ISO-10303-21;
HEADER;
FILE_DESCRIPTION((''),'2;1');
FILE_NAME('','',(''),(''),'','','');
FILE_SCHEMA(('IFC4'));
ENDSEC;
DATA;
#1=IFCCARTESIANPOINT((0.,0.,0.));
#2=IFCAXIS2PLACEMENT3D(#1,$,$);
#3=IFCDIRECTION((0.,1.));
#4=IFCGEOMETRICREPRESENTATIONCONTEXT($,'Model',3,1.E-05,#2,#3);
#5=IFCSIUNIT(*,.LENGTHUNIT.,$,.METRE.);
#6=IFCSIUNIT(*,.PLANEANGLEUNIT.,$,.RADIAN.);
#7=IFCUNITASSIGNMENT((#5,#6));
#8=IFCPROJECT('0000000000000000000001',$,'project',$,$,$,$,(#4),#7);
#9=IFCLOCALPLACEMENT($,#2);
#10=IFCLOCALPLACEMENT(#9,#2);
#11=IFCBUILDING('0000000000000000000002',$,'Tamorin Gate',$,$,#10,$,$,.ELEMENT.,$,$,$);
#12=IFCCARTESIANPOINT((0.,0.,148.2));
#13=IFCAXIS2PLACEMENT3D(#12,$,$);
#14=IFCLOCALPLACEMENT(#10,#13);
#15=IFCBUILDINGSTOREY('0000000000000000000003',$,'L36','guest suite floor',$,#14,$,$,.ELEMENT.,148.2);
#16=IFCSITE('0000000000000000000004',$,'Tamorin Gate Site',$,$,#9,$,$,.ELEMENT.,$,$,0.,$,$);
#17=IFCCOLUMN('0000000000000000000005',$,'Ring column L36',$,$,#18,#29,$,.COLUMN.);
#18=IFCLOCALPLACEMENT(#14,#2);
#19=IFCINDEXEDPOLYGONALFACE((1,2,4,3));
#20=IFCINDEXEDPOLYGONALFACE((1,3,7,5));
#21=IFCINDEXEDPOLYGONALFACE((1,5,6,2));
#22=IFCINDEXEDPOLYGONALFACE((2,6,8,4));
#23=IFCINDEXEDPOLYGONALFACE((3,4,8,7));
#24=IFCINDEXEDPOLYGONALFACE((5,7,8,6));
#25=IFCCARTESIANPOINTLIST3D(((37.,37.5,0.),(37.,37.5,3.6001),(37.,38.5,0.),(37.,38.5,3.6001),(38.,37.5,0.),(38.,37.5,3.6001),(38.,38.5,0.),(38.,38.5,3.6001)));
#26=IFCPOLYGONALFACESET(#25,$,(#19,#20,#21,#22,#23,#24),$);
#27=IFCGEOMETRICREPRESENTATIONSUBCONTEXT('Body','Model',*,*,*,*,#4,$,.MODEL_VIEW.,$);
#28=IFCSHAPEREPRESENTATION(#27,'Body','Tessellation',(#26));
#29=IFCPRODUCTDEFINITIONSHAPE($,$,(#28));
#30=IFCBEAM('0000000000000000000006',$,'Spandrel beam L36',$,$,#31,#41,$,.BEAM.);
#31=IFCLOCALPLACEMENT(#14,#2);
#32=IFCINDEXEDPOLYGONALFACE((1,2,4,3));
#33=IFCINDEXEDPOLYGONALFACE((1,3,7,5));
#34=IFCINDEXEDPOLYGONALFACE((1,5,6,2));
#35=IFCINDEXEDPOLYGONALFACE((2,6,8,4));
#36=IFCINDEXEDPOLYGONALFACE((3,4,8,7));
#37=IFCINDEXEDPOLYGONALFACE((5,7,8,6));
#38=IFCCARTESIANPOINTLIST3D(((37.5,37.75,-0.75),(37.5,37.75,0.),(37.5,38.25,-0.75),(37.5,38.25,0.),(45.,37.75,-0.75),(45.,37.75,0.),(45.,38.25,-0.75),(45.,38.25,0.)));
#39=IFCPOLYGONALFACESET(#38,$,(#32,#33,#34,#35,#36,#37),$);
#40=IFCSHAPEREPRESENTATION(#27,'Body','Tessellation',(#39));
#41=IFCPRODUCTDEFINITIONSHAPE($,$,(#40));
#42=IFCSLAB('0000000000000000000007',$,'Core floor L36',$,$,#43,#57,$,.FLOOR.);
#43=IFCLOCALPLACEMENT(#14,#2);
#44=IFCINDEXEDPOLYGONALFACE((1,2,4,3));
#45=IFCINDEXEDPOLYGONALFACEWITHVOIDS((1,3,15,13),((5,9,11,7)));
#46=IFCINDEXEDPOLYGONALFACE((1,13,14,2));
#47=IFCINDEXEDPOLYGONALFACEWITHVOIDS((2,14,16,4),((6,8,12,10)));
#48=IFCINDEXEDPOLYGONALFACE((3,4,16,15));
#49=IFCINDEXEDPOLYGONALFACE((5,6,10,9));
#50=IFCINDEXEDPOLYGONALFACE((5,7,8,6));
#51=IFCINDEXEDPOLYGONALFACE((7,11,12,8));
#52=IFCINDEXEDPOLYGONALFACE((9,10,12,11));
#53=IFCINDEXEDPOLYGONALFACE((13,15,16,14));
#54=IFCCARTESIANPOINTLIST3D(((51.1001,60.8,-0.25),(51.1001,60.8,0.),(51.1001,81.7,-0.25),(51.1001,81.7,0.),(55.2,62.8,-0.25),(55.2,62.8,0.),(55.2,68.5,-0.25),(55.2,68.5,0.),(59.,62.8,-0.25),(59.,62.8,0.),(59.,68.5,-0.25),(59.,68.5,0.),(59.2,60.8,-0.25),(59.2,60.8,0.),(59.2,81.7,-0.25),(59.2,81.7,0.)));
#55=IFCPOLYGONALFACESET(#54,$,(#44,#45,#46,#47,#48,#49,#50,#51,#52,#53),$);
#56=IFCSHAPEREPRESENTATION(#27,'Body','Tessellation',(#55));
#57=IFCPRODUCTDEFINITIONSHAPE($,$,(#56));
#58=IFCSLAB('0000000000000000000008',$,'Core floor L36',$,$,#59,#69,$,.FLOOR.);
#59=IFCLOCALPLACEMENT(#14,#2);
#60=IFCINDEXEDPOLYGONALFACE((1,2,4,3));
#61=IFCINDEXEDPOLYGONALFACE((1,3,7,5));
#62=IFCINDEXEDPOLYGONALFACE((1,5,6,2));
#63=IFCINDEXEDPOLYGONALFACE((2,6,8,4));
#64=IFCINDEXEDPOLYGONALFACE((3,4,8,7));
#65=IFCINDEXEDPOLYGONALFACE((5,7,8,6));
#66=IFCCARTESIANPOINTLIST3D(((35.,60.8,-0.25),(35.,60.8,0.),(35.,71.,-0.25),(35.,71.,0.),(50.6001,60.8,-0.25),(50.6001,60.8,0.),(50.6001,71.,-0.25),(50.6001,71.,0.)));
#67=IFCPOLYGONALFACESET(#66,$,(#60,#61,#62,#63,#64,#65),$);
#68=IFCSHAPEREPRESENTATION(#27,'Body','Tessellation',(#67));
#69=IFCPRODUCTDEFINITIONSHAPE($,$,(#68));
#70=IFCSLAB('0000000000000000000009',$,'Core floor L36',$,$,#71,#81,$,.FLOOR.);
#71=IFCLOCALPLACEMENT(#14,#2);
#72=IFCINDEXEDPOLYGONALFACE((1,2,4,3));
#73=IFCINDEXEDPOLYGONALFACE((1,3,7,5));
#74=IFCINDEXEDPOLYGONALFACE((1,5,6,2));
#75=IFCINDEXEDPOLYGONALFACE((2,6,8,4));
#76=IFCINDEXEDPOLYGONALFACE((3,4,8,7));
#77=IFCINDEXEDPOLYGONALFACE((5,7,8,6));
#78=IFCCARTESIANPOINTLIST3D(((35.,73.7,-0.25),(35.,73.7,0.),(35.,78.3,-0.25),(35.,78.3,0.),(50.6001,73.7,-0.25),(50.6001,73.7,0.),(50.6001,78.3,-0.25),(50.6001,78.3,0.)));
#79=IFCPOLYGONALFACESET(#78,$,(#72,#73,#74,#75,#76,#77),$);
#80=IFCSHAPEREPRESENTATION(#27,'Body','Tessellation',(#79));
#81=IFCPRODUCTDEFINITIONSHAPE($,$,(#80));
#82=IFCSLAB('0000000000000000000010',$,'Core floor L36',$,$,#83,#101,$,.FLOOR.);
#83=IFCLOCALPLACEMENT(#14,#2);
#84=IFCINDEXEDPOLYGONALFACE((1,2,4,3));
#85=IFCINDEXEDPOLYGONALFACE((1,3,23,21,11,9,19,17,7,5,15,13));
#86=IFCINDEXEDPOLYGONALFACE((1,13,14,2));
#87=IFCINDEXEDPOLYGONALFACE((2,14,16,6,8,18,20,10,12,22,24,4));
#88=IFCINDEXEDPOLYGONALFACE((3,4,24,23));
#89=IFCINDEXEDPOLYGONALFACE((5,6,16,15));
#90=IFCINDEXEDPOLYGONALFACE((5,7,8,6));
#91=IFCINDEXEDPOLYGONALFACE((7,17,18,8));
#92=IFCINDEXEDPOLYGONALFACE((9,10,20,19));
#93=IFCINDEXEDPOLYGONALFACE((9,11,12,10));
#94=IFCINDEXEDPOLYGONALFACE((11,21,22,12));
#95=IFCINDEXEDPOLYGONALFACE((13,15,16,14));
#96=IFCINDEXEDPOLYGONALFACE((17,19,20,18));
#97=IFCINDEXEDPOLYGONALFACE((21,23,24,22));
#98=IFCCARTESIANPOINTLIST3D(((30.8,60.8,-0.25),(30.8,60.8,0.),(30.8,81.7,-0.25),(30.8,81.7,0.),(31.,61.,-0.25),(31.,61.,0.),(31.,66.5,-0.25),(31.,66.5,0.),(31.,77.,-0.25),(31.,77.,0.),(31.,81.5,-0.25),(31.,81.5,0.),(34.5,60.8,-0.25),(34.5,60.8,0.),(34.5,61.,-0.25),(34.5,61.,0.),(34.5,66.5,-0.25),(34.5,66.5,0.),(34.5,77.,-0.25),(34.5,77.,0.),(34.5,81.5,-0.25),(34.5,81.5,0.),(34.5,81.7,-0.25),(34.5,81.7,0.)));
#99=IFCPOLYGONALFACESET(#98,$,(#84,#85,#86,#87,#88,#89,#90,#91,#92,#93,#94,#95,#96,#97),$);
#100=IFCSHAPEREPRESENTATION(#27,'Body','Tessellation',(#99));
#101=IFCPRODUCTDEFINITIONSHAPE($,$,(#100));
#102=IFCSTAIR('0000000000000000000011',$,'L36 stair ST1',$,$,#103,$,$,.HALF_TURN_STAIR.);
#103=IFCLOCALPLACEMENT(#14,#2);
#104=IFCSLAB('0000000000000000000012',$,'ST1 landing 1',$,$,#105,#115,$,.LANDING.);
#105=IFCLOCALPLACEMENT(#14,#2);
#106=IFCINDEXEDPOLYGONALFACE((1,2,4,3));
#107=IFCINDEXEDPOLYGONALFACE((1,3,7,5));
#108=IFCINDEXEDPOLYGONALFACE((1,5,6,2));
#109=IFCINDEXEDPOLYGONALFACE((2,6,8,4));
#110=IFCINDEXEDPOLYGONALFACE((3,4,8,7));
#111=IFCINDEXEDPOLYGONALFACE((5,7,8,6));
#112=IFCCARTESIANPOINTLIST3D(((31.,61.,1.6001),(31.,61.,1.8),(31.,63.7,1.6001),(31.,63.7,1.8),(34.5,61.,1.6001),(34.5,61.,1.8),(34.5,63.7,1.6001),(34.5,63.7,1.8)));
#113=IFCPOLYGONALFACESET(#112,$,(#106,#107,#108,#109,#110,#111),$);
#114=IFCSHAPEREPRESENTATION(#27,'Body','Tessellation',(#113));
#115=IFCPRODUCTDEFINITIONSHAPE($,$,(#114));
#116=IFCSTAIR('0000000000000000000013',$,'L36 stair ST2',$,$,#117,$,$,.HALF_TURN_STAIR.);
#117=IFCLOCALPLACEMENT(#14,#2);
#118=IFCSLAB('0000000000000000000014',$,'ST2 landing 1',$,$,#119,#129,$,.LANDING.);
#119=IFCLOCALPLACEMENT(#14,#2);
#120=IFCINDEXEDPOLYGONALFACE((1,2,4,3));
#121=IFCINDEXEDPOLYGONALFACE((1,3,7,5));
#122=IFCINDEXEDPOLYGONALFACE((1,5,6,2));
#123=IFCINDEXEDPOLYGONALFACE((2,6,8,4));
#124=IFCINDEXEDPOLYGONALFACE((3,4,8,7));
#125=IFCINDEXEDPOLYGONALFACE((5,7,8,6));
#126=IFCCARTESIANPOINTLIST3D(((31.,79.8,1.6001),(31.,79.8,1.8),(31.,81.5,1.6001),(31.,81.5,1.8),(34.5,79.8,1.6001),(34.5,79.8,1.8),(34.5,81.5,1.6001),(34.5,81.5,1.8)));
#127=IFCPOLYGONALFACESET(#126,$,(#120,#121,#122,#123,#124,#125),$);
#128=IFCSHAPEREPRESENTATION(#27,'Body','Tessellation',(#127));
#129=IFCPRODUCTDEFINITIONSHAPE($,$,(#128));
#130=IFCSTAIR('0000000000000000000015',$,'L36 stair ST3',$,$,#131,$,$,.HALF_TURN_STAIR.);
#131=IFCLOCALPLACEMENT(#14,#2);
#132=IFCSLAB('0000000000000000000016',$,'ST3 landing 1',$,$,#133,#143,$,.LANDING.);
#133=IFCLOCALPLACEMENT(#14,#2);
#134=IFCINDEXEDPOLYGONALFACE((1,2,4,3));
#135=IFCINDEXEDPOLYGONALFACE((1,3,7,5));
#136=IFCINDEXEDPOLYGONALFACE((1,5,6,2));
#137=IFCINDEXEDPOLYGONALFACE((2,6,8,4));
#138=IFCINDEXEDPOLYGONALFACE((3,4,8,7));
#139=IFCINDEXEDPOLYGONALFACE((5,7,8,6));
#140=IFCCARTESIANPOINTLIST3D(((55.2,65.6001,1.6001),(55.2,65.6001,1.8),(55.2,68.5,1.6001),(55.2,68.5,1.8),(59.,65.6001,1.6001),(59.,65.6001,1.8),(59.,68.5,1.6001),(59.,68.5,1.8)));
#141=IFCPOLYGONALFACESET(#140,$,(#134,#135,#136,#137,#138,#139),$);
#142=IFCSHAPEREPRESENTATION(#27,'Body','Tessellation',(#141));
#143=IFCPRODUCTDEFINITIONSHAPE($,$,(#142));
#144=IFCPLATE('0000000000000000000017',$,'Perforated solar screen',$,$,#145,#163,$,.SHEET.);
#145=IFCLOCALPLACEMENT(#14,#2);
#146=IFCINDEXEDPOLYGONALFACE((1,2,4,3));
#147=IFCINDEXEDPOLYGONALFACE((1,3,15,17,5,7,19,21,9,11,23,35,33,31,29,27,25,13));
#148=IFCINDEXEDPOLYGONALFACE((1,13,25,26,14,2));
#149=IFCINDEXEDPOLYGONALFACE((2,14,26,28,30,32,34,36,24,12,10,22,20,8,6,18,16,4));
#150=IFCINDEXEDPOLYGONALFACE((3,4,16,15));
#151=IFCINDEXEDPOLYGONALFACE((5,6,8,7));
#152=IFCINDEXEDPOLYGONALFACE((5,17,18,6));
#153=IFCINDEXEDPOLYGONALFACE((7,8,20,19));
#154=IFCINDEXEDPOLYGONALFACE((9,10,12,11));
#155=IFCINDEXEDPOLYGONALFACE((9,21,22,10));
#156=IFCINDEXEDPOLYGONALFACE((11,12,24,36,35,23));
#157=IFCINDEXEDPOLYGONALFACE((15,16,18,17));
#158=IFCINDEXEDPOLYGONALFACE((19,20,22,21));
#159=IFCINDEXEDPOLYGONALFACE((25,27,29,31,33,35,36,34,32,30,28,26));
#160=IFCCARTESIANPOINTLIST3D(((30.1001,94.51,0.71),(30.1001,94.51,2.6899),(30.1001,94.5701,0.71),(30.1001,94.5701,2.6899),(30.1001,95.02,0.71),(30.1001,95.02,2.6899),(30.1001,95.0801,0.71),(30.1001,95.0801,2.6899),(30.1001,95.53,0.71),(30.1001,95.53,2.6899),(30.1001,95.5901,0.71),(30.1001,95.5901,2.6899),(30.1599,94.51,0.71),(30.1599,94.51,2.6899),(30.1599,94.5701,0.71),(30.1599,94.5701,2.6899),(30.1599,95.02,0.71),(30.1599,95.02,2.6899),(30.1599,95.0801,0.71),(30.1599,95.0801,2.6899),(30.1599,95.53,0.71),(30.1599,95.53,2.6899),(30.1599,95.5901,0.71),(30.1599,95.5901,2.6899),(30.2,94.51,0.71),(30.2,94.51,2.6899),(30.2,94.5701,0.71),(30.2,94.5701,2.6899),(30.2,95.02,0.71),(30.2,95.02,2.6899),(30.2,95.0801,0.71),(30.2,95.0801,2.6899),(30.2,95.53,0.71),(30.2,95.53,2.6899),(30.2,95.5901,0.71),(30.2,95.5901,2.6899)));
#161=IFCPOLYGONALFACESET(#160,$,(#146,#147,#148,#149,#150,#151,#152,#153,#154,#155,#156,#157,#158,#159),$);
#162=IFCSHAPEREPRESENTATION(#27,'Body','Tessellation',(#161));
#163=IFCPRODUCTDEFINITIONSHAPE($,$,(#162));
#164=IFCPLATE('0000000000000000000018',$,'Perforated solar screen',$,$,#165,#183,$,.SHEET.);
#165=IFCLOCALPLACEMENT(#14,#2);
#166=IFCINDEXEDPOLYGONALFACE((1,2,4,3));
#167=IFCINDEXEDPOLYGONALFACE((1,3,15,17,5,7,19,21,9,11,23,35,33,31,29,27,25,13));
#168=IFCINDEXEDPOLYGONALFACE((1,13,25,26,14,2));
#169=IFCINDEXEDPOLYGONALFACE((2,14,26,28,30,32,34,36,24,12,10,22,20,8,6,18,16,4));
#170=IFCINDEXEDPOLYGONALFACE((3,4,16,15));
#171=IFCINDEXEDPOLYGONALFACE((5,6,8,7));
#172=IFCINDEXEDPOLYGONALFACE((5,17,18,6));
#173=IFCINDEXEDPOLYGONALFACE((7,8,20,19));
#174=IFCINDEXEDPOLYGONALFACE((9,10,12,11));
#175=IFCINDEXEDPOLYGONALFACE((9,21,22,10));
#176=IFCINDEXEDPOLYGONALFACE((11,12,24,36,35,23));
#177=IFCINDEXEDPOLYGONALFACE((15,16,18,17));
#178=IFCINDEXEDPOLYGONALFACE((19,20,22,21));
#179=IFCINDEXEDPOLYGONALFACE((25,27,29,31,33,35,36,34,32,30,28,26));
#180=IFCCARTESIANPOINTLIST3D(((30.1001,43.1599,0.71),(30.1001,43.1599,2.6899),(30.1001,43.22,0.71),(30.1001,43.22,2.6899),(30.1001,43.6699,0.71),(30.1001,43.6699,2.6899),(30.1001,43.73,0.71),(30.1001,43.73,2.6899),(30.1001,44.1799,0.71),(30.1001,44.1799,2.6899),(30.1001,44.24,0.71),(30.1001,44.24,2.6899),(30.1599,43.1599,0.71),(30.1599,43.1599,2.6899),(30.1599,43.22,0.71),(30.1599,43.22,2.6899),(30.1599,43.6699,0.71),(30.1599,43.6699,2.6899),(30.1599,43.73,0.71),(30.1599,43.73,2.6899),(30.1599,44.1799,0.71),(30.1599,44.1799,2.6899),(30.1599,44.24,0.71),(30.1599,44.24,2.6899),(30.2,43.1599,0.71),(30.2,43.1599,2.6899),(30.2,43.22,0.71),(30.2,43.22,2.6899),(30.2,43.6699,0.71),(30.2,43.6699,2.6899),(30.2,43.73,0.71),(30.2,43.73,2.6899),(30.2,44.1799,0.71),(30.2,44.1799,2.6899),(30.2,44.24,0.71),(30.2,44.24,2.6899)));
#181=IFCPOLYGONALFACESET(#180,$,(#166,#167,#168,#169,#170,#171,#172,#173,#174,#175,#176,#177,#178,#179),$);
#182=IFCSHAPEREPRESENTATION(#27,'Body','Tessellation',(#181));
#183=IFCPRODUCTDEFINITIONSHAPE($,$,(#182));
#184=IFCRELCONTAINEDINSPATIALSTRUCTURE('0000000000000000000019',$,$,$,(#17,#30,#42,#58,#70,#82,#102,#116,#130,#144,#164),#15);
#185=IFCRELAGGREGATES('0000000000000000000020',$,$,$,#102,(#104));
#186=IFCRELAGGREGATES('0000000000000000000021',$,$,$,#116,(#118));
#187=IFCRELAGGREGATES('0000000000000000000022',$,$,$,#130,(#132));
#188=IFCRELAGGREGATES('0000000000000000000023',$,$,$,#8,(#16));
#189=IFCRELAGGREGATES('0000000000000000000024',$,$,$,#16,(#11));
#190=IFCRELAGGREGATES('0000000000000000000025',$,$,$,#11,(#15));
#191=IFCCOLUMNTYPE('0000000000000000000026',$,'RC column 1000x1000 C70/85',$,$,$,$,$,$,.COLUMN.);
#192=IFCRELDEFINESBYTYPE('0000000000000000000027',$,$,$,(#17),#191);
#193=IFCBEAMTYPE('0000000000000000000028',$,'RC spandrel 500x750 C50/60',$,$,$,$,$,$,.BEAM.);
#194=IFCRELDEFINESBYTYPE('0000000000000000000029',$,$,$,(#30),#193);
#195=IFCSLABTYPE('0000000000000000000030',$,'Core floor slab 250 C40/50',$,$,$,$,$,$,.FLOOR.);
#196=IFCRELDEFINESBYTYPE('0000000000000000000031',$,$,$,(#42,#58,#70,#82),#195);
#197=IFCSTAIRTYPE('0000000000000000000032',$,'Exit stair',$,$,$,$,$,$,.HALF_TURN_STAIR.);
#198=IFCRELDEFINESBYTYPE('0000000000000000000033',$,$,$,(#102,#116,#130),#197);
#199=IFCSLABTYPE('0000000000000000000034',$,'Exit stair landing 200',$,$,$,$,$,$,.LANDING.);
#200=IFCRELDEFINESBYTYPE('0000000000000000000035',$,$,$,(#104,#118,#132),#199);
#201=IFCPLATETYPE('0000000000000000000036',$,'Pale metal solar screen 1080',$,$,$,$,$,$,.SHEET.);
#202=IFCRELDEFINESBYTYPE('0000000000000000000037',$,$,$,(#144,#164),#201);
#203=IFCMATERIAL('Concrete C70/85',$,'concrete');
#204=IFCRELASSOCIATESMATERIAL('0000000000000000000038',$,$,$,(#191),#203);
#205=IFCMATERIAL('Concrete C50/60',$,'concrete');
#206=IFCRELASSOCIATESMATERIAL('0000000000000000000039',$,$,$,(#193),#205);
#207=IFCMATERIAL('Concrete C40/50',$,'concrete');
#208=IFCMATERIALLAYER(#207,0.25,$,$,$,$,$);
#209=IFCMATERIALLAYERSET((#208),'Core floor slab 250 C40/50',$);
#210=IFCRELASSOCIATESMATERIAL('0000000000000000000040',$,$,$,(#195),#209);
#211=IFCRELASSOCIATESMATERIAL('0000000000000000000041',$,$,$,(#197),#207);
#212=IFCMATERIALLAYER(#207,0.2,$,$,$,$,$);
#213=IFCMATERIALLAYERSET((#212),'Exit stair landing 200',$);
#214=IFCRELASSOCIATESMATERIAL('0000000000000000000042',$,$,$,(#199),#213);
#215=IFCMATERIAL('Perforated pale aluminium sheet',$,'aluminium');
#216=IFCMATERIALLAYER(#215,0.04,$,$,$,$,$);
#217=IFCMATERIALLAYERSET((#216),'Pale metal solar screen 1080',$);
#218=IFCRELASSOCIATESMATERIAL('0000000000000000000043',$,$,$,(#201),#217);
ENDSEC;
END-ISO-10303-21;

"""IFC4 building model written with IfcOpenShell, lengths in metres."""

from ifc_helpers import new_model, si_unit, direction, frame, origin, origin_2d, place, context, subcontext, project, spatial, polyline, rectangle, outline, extrude, material, layer, layer_set, material_profile, profile_set, type_object, element, aggregate, save


model = new_model("IFC4")

# Units and contexts
model_context = context("Model", 3, precision=1e-05, world=origin(), true_north=direction((0.0, 1.0)))
body_context = subcontext(model_context, "Body", "Model", "MODEL_VIEW")
ifc_project = project(units=[si_unit("LENGTHUNIT", "METRE"), si_unit("PLANEANGLEUNIT", "RADIAN")], contexts=[model_context])

# Site, building, storey
site_placement = place(None, origin())
site = spatial("IfcSite", under=ifc_project, at=site_placement, Name="Tamorin Gate Site", CompositionType="ELEMENT", RefElevation=0.0)
building_placement = place(site_placement, origin())
building = spatial("IfcBuilding", under=site, at=building_placement, Name="Tamorin Gate", CompositionType="ELEMENT")
storey_placement = place(building_placement, frame((0.0, 0.0, 148.2)))
storey = spatial("IfcBuildingStorey", under=building, at=storey_placement, Name="L36", Description="guest suite floor", CompositionType="ELEMENT", Elevation=148.2)

# Column
ifc_material_1 = material(Name="Concrete C70/85", Category="concrete")
ifc_material_profile_1 = material_profile(ifc_material_1, rectangle(XDim=1.0, YDim=1.0, at=origin_2d()), Name="RC 1000x1000")
ifc_profile_set_1 = profile_set([ifc_material_profile_1], Name="Concrete C70/85")
column_type = type_object("IfcColumnType", Name="RC column 1000x1000 C70/85", PredefinedType="COLUMN", material=ifc_profile_set_1)
column_placement = place(storey_placement, frame((37.5, 38.0, 0.0), z_axis=(0.0, 0.0, 1.0), x_axis=(1.0, 0.0, 0.0)))
element("IfcColumn", 1, at=column_placement, inside=storey, type_object=column_type, Name="Ring column L36", PredefinedType="COLUMN", context=body_context, shape_type="SweptSolid", body=[
    extrude(rectangle(XDim=1.0, YDim=1.0, at=origin_2d()), origin(), (0.0, 0.0, 1.0), 3.6001),
])

# Beam
ifc_material_2 = material(Name="Concrete C50/60", Category="concrete")
ifc_material_profile_2 = material_profile(ifc_material_2, rectangle(XDim=0.5, YDim=0.75, at=origin_2d()), Name="RC 500x750")
ifc_profile_set_2 = profile_set([ifc_material_profile_2], Name="Concrete C50/60")
beam_type = type_object("IfcBeamType", Name="RC spandrel 500x750 C50/60", PredefinedType="BEAM", material=ifc_profile_set_2)
beam_placement = place(storey_placement, frame((37.5, 38.0, -0.375), z_axis=(1.0, 0.0, 0.0), x_axis=(0.0, 1.0, 0.0)))
element("IfcBeam", 2, at=beam_placement, inside=storey, type_object=beam_type, Name="Spandrel beam L36", PredefinedType="BEAM", context=body_context, shape_type="SweptSolid", body=[
    extrude(rectangle(XDim=0.5, YDim=0.75, at=origin_2d()), origin(), (0.0, 0.0, 1.0), 7.5),
])

# Slabs
ifc_material_3 = material(Name="Concrete C40/50", Category="concrete")
ifc_layer_1 = layer(ifc_material_3, 0.25)
ifc_layer_set_1 = layer_set([ifc_layer_1], Name="Core floor slab 250 C40/50")
slab_type_1 = type_object("IfcSlabType", Name="Core floor slab 250 C40/50", PredefinedType="FLOOR", material=ifc_layer_set_1)
slab_1_placement = place(storey_placement, frame((0.0, 0.0, -0.25)))
element("IfcSlab", 3, at=slab_1_placement, inside=storey, type_object=slab_type_1, Name="Core floor L36", PredefinedType="FLOOR", context=body_context, shape_type="SweptSolid", body=[
    extrude(outline(polyline([(51.1001, 81.7), (59.2, 81.7), (59.2, 60.8), (51.1001, 60.8), (51.1001, 81.7)]), holes=[polyline([(55.2, 62.8), (59.0, 62.8), (59.0, 68.5), (55.2, 68.5), (55.2, 62.8)])]), origin(), (0.0, 0.0, 1.0), 0.25),
])
slab_2_placement = place(storey_placement, frame((0.0, 0.0, -0.25)))
element("IfcSlab", 4, at=slab_2_placement, inside=storey, type_object=slab_type_1, Name="Core floor L36", PredefinedType="FLOOR", context=body_context, shape_type="SweptSolid", body=[
    extrude(outline(polyline([(50.6001, 71.0), (50.6001, 60.8), (35.0, 60.8), (35.0, 71.0), (50.6001, 71.0)])), origin(), (0.0, 0.0, 1.0), 0.25),
])
slab_3_placement = place(storey_placement, frame((0.0, 0.0, -0.25)))
element("IfcSlab", 5, at=slab_3_placement, inside=storey, type_object=slab_type_1, Name="Core floor L36", PredefinedType="FLOOR", context=body_context, shape_type="SweptSolid", body=[
    extrude(outline(polyline([(50.6001, 73.7), (35.0, 73.7), (35.0, 78.3), (50.6001, 78.3), (50.6001, 73.7)])), origin(), (0.0, 0.0, 1.0), 0.25),
])
slab_4_placement = place(storey_placement, frame((0.0, 0.0, -0.25)))
element("IfcSlab", 6, at=slab_4_placement, inside=storey, type_object=slab_type_1, Name="Core floor L36", PredefinedType="FLOOR", context=body_context, shape_type="SweptSolid", body=[
    extrude(outline(polyline([(34.5, 60.8), (30.8, 60.8), (30.8, 81.7), (34.5, 81.7), (34.5, 81.5), (31.0, 81.5), (31.0, 77.0), (34.5, 77.0), (34.5, 66.5), (31.0, 66.5), (31.0, 61.0), (34.5, 61.0), (34.5, 60.8)])), origin(), (0.0, 0.0, 1.0), 0.25),
])

# Stairs, slabs
stair_type = type_object("IfcStairType", Name="Exit stair", PredefinedType="HALF_TURN_STAIR", material=ifc_material_3)
stair_1_placement = place(storey_placement, origin())
stair_1 = element("IfcStair", 7, at=stair_1_placement, inside=storey, type_object=stair_type, Name="L36 stair ST1", PredefinedType="HALF_TURN_STAIR")
ifc_layer_2 = layer(ifc_material_3, 0.2)
ifc_layer_set_2 = layer_set([ifc_layer_2], Name="Exit stair landing 200")
slab_type_2 = type_object("IfcSlabType", Name="Exit stair landing 200", PredefinedType="LANDING", material=ifc_layer_set_2)
slab_5_placement = place(storey_placement, frame((0.0, 0.0, 1.6001)))
slab_5 = element("IfcSlab", 8, at=slab_5_placement, type_object=slab_type_2, Name="ST1 landing 1", PredefinedType="LANDING", context=body_context, shape_type="SweptSolid", body=[
    extrude(outline(polyline([(31.0, 63.7), (31.0, 61.0), (34.5, 61.0), (34.5, 63.7), (31.0, 63.7)])), origin(), (0.0, 0.0, 1.0), 0.2),
])
aggregate(stair_1, [slab_5])
stair_2_placement = place(storey_placement, origin())
stair_2 = element("IfcStair", 9, at=stair_2_placement, inside=storey, type_object=stair_type, Name="L36 stair ST2", PredefinedType="HALF_TURN_STAIR")
slab_6_placement = place(storey_placement, frame((0.0, 0.0, 1.6001)))
slab_6 = element("IfcSlab", 10, at=slab_6_placement, type_object=slab_type_2, Name="ST2 landing 1", PredefinedType="LANDING", context=body_context, shape_type="SweptSolid", body=[
    extrude(outline(polyline([(34.5, 79.8), (34.5, 81.5), (31.0, 81.5), (31.0, 79.8), (34.5, 79.8)])), origin(), (0.0, 0.0, 1.0), 0.2),
])
aggregate(stair_2, [slab_6])
stair_3_placement = place(storey_placement, origin())
stair_3 = element("IfcStair", 11, at=stair_3_placement, inside=storey, type_object=stair_type, Name="L36 stair ST3", PredefinedType="HALF_TURN_STAIR")
slab_7_placement = place(storey_placement, frame((0.0, 0.0, 1.6001)))
slab_7 = element("IfcSlab", 12, at=slab_7_placement, type_object=slab_type_2, Name="ST3 landing 1", PredefinedType="LANDING", context=body_context, shape_type="SweptSolid", body=[
    extrude(outline(polyline([(59.0, 65.6001), (59.0, 68.5), (55.2, 68.5), (55.2, 65.6001), (59.0, 65.6001)])), origin(), (0.0, 0.0, 1.0), 0.2),
])
aggregate(stair_3, [slab_7])

# Plates
ifc_material_4 = material(Name="Perforated pale aluminium sheet", Category="aluminium")
ifc_layer_3 = layer(ifc_material_4, 0.04)
ifc_layer_set_3 = layer_set([ifc_layer_3], Name="Pale metal solar screen 1080")
plate_type_1 = type_object("IfcPlateType", Name="Pale metal solar screen 1080", PredefinedType="SHEET", material=ifc_layer_set_3)
plate_1_placement = place(storey_placement, frame((0.0, 0.0, 0.71)))
element("IfcPlate", 13, at=plate_1_placement, inside=storey, type_object=plate_type_1, Name="Perforated solar screen", PredefinedType="SHEET", context=body_context, shape_type="SweptSolid", body=[
    extrude(outline(polyline([(30.1599, 95.5901), (30.2, 95.5901), (30.2, 95.53), (30.2, 95.0801), (30.2, 95.02), (30.2, 94.5701), (30.2, 94.51), (30.1599, 94.51), (30.1001, 94.51), (30.1001, 94.5701), (30.1599, 94.5701), (30.1599, 95.02), (30.1001, 95.02), (30.1001, 95.0801), (30.1599, 95.0801), (30.1599, 95.53), (30.1001, 95.53), (30.1001, 95.5901), (30.1599, 95.5901)])), origin(), (0.0, 0.0, 1.0), 1.98),
])
plate_2_placement = place(storey_placement, frame((0.0, 0.0, 0.71)))
element("IfcPlate", 14, at=plate_2_placement, inside=storey, type_object=plate_type_1, Name="Perforated solar screen", PredefinedType="SHEET", context=body_context, shape_type="SweptSolid", body=[
    extrude(outline(polyline([(30.1599, 44.24), (30.2, 44.24), (30.2, 44.1799), (30.2, 43.73), (30.2, 43.6699), (30.2, 43.22), (30.2, 43.1599), (30.1599, 43.1599), (30.1001, 43.1599), (30.1001, 43.22), (30.1599, 43.22), (30.1599, 43.6699), (30.1001, 43.6699), (30.1001, 43.73), (30.1599, 43.73), (30.1599, 44.1799), (30.1001, 44.1799), (30.1001, 44.24), (30.1599, 44.24)])), origin(), (0.0, 0.0, 1.0), 1.98),
])

save(model, "model.ifc")
